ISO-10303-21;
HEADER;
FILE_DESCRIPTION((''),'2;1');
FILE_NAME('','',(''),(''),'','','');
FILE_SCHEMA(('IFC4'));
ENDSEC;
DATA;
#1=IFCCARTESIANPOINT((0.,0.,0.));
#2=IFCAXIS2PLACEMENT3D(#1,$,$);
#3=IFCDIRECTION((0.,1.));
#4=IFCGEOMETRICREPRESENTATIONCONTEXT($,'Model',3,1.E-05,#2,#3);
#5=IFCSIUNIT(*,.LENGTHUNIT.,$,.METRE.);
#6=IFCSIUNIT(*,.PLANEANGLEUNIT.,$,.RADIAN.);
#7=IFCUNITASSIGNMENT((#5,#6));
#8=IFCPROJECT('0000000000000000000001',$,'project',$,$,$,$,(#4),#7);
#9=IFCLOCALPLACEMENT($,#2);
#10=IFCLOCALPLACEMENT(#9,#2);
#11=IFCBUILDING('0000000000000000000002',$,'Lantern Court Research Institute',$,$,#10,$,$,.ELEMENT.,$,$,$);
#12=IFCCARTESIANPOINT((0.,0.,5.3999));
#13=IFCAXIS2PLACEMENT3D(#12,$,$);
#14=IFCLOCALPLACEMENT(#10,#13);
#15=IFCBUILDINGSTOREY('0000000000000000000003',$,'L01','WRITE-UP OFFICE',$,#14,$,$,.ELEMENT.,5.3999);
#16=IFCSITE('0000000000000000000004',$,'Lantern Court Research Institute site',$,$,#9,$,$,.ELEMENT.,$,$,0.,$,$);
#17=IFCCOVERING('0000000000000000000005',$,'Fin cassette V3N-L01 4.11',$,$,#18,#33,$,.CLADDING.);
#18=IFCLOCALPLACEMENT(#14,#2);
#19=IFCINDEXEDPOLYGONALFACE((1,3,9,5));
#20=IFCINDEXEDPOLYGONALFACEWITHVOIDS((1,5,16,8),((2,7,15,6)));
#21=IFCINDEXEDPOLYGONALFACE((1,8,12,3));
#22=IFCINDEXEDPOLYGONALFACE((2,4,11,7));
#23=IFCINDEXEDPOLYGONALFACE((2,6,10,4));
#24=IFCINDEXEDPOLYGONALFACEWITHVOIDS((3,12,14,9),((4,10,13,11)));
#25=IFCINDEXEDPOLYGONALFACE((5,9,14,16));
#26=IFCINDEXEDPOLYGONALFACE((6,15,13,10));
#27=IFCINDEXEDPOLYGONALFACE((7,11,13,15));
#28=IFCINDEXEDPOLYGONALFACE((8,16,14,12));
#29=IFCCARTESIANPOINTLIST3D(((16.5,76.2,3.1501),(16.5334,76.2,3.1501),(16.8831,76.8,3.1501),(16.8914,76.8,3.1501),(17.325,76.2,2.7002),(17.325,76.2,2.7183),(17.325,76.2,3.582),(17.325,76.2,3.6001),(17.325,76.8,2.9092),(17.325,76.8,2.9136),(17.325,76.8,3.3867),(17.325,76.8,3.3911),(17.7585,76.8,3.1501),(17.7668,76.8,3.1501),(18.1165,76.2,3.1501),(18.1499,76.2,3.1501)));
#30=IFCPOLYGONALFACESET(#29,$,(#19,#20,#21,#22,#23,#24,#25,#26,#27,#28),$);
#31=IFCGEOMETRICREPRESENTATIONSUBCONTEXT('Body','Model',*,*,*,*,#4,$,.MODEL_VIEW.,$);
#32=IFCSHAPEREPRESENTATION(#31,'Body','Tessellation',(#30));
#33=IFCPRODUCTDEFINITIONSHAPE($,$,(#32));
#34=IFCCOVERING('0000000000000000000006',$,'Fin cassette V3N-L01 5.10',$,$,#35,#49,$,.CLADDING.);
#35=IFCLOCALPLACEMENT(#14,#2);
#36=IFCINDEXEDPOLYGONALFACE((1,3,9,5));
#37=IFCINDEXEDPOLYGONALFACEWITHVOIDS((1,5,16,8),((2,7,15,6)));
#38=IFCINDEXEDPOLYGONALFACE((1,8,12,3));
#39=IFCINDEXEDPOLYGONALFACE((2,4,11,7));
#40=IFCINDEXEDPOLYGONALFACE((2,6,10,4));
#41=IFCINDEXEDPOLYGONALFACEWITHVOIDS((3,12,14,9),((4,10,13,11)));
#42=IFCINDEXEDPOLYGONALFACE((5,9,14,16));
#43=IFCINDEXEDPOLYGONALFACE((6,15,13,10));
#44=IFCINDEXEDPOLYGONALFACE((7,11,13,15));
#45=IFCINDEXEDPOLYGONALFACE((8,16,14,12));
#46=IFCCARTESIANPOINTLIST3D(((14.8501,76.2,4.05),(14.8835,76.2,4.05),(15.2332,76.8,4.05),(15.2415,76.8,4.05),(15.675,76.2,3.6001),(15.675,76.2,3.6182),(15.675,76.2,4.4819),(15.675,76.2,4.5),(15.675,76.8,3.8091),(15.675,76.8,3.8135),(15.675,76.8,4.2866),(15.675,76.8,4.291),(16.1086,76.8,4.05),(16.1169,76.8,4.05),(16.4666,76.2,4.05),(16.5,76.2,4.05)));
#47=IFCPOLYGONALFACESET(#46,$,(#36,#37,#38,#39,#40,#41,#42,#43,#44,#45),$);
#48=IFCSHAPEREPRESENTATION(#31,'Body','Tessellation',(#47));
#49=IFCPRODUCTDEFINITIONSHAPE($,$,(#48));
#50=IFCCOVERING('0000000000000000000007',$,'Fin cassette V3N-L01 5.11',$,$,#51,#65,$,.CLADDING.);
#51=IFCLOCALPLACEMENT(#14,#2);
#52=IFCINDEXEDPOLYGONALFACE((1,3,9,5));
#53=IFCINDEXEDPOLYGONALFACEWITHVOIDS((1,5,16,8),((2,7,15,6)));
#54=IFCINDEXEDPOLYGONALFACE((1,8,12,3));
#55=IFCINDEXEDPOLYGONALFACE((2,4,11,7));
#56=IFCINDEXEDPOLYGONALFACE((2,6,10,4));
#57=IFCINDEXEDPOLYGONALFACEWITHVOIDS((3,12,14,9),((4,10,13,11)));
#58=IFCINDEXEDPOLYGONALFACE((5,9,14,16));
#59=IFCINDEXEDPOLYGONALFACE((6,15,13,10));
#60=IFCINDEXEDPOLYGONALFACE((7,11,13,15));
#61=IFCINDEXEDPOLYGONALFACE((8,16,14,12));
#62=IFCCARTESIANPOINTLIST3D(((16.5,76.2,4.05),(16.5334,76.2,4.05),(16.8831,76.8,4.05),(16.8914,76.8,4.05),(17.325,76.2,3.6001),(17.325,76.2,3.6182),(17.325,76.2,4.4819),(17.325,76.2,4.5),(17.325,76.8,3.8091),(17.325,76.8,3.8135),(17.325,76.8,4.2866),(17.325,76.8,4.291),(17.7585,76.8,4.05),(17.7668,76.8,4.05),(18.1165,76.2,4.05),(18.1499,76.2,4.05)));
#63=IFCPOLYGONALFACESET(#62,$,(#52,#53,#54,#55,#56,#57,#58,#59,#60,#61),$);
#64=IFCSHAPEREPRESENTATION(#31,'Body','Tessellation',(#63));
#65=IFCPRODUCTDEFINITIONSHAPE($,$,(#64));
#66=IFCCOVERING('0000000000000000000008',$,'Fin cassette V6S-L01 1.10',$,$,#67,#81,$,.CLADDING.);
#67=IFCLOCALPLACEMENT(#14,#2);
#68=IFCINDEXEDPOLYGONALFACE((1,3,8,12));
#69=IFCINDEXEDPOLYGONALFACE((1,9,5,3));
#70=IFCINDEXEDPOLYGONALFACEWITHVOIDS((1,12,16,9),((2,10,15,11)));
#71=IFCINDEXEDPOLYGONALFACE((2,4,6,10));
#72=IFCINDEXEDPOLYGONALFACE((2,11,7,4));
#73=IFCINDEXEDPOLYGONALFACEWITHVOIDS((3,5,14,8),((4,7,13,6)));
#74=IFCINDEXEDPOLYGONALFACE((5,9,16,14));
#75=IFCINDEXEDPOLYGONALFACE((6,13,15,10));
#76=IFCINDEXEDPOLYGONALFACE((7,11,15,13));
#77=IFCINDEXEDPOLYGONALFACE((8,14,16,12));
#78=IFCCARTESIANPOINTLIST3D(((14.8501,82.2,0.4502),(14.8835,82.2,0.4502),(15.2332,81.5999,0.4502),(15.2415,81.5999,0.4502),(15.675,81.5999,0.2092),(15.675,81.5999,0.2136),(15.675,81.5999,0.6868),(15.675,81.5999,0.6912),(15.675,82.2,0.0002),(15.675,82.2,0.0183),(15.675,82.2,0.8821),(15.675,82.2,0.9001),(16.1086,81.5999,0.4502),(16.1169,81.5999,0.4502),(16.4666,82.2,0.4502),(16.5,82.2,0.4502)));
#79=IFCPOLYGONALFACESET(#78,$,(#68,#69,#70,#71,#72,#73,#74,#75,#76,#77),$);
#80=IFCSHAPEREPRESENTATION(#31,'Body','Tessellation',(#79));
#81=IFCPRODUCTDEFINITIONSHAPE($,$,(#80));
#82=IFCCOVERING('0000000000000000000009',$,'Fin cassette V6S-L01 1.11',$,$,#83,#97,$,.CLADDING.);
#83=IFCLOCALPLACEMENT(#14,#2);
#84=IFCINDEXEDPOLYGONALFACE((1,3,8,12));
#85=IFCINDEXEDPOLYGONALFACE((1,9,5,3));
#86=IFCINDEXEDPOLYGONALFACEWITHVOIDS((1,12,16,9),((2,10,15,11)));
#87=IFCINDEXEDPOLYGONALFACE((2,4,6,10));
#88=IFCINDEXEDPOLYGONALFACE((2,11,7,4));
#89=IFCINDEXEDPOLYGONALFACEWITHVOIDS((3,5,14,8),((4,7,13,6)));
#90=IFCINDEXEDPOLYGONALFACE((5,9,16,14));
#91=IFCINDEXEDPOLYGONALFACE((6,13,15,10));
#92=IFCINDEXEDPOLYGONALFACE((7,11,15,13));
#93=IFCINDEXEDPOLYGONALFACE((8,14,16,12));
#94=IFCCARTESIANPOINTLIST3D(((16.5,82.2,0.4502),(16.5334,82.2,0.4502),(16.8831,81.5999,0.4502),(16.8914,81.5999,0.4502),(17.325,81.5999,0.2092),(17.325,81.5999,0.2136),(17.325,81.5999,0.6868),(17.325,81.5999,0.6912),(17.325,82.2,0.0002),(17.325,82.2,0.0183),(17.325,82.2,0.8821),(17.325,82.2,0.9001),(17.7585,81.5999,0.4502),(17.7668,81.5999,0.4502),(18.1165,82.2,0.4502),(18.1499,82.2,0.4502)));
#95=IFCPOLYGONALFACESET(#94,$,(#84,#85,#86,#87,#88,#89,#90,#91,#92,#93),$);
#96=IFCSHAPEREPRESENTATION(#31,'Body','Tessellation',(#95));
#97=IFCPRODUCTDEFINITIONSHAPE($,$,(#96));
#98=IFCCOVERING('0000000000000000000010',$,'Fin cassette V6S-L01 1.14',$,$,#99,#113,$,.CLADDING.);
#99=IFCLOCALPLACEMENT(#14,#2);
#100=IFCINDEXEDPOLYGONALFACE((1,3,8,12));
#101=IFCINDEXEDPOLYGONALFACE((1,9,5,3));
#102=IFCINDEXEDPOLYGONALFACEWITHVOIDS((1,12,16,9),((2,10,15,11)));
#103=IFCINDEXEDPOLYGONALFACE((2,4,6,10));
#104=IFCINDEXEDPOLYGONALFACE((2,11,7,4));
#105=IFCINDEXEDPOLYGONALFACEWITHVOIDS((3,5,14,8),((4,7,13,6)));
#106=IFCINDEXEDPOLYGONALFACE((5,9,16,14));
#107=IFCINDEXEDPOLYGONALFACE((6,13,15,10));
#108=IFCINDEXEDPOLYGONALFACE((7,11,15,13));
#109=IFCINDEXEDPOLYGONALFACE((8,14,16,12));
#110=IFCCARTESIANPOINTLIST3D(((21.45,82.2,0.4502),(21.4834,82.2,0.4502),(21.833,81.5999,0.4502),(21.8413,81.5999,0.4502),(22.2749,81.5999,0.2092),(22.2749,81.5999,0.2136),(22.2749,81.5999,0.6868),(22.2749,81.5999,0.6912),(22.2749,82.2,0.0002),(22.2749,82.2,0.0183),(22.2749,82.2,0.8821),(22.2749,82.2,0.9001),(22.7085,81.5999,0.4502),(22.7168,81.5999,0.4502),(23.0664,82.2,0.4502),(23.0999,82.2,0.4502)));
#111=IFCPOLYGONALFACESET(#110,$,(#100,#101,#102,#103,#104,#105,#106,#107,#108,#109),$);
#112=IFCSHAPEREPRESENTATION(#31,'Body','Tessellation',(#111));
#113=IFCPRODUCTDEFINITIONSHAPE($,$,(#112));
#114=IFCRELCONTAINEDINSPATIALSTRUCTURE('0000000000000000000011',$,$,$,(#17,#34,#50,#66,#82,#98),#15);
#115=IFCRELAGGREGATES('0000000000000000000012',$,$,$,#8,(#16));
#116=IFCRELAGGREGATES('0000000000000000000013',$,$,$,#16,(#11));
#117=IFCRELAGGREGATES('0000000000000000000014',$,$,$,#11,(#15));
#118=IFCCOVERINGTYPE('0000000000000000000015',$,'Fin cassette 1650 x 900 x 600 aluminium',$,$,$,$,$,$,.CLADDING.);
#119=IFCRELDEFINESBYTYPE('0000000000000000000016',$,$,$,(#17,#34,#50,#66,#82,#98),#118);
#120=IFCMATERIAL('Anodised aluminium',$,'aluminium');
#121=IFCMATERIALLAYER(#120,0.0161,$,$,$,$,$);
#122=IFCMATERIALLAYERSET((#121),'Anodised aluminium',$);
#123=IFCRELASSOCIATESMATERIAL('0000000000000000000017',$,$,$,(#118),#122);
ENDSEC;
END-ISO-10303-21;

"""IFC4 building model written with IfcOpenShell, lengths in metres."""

from ifc_helpers import new_model, entity, si_unit, direction, frame, origin, place, context, subcontext, project, spatial, material, layer, layer_set, type_object, element, save


model = new_model("IFC4")

# Units and contexts
model_context = context("Model", 3, precision=1e-05, world=origin(), true_north=direction((0.0, 1.0)))
body_context = subcontext(model_context, "Body", "Model", "MODEL_VIEW")
ifc_project = project(units=[si_unit("LENGTHUNIT", "METRE"), si_unit("PLANEANGLEUNIT", "RADIAN")], contexts=[model_context])

# Site, building, storey
site_placement = place(None, origin())
site = spatial("IfcSite", under=ifc_project, at=site_placement, Name="Lantern Court Research Institute site", CompositionType="ELEMENT", RefElevation=0.0)
building_placement = place(site_placement, origin())
building = spatial("IfcBuilding", under=site, at=building_placement, Name="Lantern Court Research Institute", CompositionType="ELEMENT")
storey_placement = place(building_placement, frame((0.0, 0.0, 5.3999)))
storey = spatial("IfcBuildingStorey", under=building, at=storey_placement, Name="L01", Description="WRITE-UP OFFICE", CompositionType="ELEMENT", Elevation=5.3999)

# Coverings
ifc_material_1 = material(Name="Anodised aluminium", Category="aluminium")
ifc_layer_1 = layer(ifc_material_1, 0.0161)
ifc_layer_set_1 = layer_set([ifc_layer_1], Name="Anodised aluminium")
covering_type = type_object("IfcCoveringType", Name="Fin cassette 1650 x 900 x 600 aluminium", PredefinedType="CLADDING", material=ifc_layer_set_1)
covering_1_placement = place(storey_placement, frame((17.325, 76.2, 3.1501), z_axis=(0.0, 1.0, 0.0), x_axis=(-1.0, 0.0, 0.0)))
cartesian_point_1 = entity("IfcCartesianPoint", [0.825, 0.0])
cartesian_point_2 = entity("IfcCartesianPoint", [0.7915, 0.0])
cartesian_point_3 = entity("IfcCartesianPoint", [0.4419, 0.0])
cartesian_point_4 = entity("IfcCartesianPoint", [0.4336, 0.0])
element("IfcCovering", 1, at=covering_1_placement, inside=storey, type_object=covering_type, Name="Fin cassette V3N-L01 4.11", PredefinedType="CLADDING", context=body_context, shape_type="SweptSolid", body=[
    entity("IfcExtrudedAreaSolidTapered", entity("IfcArbitraryProfileDefWithVoids", "AREA", None, entity("IfcPolyline", [cartesian_point_1, entity("IfcCartesianPoint", [0.0, 0.45]), entity("IfcCartesianPoint", [-0.825, 0.0]), entity("IfcCartesianPoint", [0.0, -0.45]), cartesian_point_1]), [entity("IfcPolyline", [cartesian_point_2, entity("IfcCartesianPoint", [0.0, 0.4319]), entity("IfcCartesianPoint", [-0.7915, 0.0]), entity("IfcCartesianPoint", [0.0, -0.4319]), cartesian_point_2])]), entity("IfcAxis2Placement3D", entity("IfcCartesianPoint", [0.0, 0.0, 0.0])), entity("IfcDirection", [0.0, 0.0, 1.0]), 0.6001, entity("IfcArbitraryProfileDefWithVoids", "AREA", None, entity("IfcPolyline", [cartesian_point_3, entity("IfcCartesianPoint", [0.0, 0.241]), entity("IfcCartesianPoint", [-0.4419, 0.0]), entity("IfcCartesianPoint", [0.0, -0.241]), cartesian_point_3]), [entity("IfcPolyline", [cartesian_point_4, entity("IfcCartesianPoint", [0.0, 0.2366]), entity("IfcCartesianPoint", [-0.4336, 0.0]), entity("IfcCartesianPoint", [0.0, -0.2366]), cartesian_point_4])])),
])
covering_2_placement = place(storey_placement, frame((15.675, 76.2, 4.05), z_axis=(0.0, 1.0, 0.0), x_axis=(-1.0, 0.0, 0.0)))
cartesian_point_5 = entity("IfcCartesianPoint", [0.825, 0.0])
cartesian_point_6 = entity("IfcCartesianPoint", [0.7915, 0.0])
cartesian_point_7 = entity("IfcCartesianPoint", [0.4419, 0.0])
cartesian_point_8 = entity("IfcCartesianPoint", [0.4336, 0.0])
element("IfcCovering", 2, at=covering_2_placement, inside=storey, type_object=covering_type, Name="Fin cassette V3N-L01 5.10", PredefinedType="CLADDING", context=body_context, shape_type="SweptSolid", body=[
    entity("IfcExtrudedAreaSolidTapered", entity("IfcArbitraryProfileDefWithVoids", "AREA", None, entity("IfcPolyline", [cartesian_point_5, entity("IfcCartesianPoint", [0.0, 0.45]), entity("IfcCartesianPoint", [-0.825, 0.0]), entity("IfcCartesianPoint", [0.0, -0.45]), cartesian_point_5]), [entity("IfcPolyline", [cartesian_point_6, entity("IfcCartesianPoint", [0.0, 0.4319]), entity("IfcCartesianPoint", [-0.7915, 0.0]), entity("IfcCartesianPoint", [0.0, -0.4319]), cartesian_point_6])]), entity("IfcAxis2Placement3D", entity("IfcCartesianPoint", [0.0, 0.0, 0.0])), entity("IfcDirection", [0.0, 0.0, 1.0]), 0.6001, entity("IfcArbitraryProfileDefWithVoids", "AREA", None, entity("IfcPolyline", [cartesian_point_7, entity("IfcCartesianPoint", [0.0, 0.241]), entity("IfcCartesianPoint", [-0.4419, 0.0]), entity("IfcCartesianPoint", [0.0, -0.241]), cartesian_point_7]), [entity("IfcPolyline", [cartesian_point_8, entity("IfcCartesianPoint", [0.0, 0.2366]), entity("IfcCartesianPoint", [-0.4336, 0.0]), entity("IfcCartesianPoint", [0.0, -0.2366]), cartesian_point_8])])),
])
covering_3_placement = place(storey_placement, frame((17.325, 76.2, 4.05), z_axis=(0.0, 1.0, 0.0), x_axis=(-1.0, 0.0, 0.0)))
cartesian_point_9 = entity("IfcCartesianPoint", [0.825, 0.0])
cartesian_point_10 = entity("IfcCartesianPoint", [0.7915, 0.0])
cartesian_point_11 = entity("IfcCartesianPoint", [0.4419, 0.0])
cartesian_point_12 = entity("IfcCartesianPoint", [0.4336, 0.0])
element("IfcCovering", 3, at=covering_3_placement, inside=storey, type_object=covering_type, Name="Fin cassette V3N-L01 5.11", PredefinedType="CLADDING", context=body_context, shape_type="SweptSolid", body=[
    entity("IfcExtrudedAreaSolidTapered", entity("IfcArbitraryProfileDefWithVoids", "AREA", None, entity("IfcPolyline", [cartesian_point_9, entity("IfcCartesianPoint", [0.0, 0.45]), entity("IfcCartesianPoint", [-0.825, 0.0]), entity("IfcCartesianPoint", [0.0, -0.45]), cartesian_point_9]), [entity("IfcPolyline", [cartesian_point_10, entity("IfcCartesianPoint", [0.0, 0.4319]), entity("IfcCartesianPoint", [-0.7915, 0.0]), entity("IfcCartesianPoint", [0.0, -0.4319]), cartesian_point_10])]), entity("IfcAxis2Placement3D", entity("IfcCartesianPoint", [0.0, 0.0, 0.0])), entity("IfcDirection", [0.0, 0.0, 1.0]), 0.6001, entity("IfcArbitraryProfileDefWithVoids", "AREA", None, entity("IfcPolyline", [cartesian_point_11, entity("IfcCartesianPoint", [0.0, 0.241]), entity("IfcCartesianPoint", [-0.4419, 0.0]), entity("IfcCartesianPoint", [0.0, -0.241]), cartesian_point_11]), [entity("IfcPolyline", [cartesian_point_12, entity("IfcCartesianPoint", [0.0, 0.2366]), entity("IfcCartesianPoint", [-0.4336, 0.0]), entity("IfcCartesianPoint", [0.0, -0.2366]), cartesian_point_12])])),
])
covering_4_placement = place(storey_placement, frame((15.675, 82.2, 0.4502), z_axis=(0.0, -1.0, 0.0), x_axis=(1.0, 0.0, 0.0)))
cartesian_point_13 = entity("IfcCartesianPoint", [0.825, 0.0])
cartesian_point_14 = entity("IfcCartesianPoint", [0.7915, 0.0])
cartesian_point_15 = entity("IfcCartesianPoint", [0.4419, 0.0])
cartesian_point_16 = entity("IfcCartesianPoint", [0.4336, 0.0])
element("IfcCovering", 4, at=covering_4_placement, inside=storey, type_object=covering_type, Name="Fin cassette V6S-L01 1.10", PredefinedType="CLADDING", context=body_context, shape_type="SweptSolid", body=[
    entity("IfcExtrudedAreaSolidTapered", entity("IfcArbitraryProfileDefWithVoids", "AREA", None, entity("IfcPolyline", [cartesian_point_13, entity("IfcCartesianPoint", [0.0, 0.45]), entity("IfcCartesianPoint", [-0.825, 0.0]), entity("IfcCartesianPoint", [0.0, -0.45]), cartesian_point_13]), [entity("IfcPolyline", [cartesian_point_14, entity("IfcCartesianPoint", [0.0, 0.4319]), entity("IfcCartesianPoint", [-0.7915, 0.0]), entity("IfcCartesianPoint", [0.0, -0.4319]), cartesian_point_14])]), entity("IfcAxis2Placement3D", entity("IfcCartesianPoint", [0.0, 0.0, 0.0])), entity("IfcDirection", [0.0, 0.0, 1.0]), 0.6001, entity("IfcArbitraryProfileDefWithVoids", "AREA", None, entity("IfcPolyline", [cartesian_point_15, entity("IfcCartesianPoint", [0.0, 0.241]), entity("IfcCartesianPoint", [-0.4419, 0.0]), entity("IfcCartesianPoint", [0.0, -0.241]), cartesian_point_15]), [entity("IfcPolyline", [cartesian_point_16, entity("IfcCartesianPoint", [0.0, 0.2366]), entity("IfcCartesianPoint", [-0.4336, 0.0]), entity("IfcCartesianPoint", [0.0, -0.2366]), cartesian_point_16])])),
])
covering_5_placement = place(storey_placement, frame((17.325, 82.2, 0.4502), z_axis=(0.0, -1.0, 0.0), x_axis=(1.0, 0.0, 0.0)))
cartesian_point_17 = entity("IfcCartesianPoint", [0.825, 0.0])
cartesian_point_18 = entity("IfcCartesianPoint", [0.7915, 0.0])
cartesian_point_19 = entity("IfcCartesianPoint", [0.4419, 0.0])
cartesian_point_20 = entity("IfcCartesianPoint", [0.4336, 0.0])
element("IfcCovering", 5, at=covering_5_placement, inside=storey, type_object=covering_type, Name="Fin cassette V6S-L01 1.11", PredefinedType="CLADDING", context=body_context, shape_type="SweptSolid", body=[
    entity("IfcExtrudedAreaSolidTapered", entity("IfcArbitraryProfileDefWithVoids", "AREA", None, entity("IfcPolyline", [cartesian_point_17, entity("IfcCartesianPoint", [0.0, 0.45]), entity("IfcCartesianPoint", [-0.825, 0.0]), entity("IfcCartesianPoint", [0.0, -0.45]), cartesian_point_17]), [entity("IfcPolyline", [cartesian_point_18, entity("IfcCartesianPoint", [0.0, 0.4319]), entity("IfcCartesianPoint", [-0.7915, 0.0]), entity("IfcCartesianPoint", [0.0, -0.4319]), cartesian_point_18])]), entity("IfcAxis2Placement3D", entity("IfcCartesianPoint", [0.0, 0.0, 0.0])), entity("IfcDirection", [0.0, 0.0, 1.0]), 0.6001, entity("IfcArbitraryProfileDefWithVoids", "AREA", None, entity("IfcPolyline", [cartesian_point_19, entity("IfcCartesianPoint", [0.0, 0.241]), entity("IfcCartesianPoint", [-0.4419, 0.0]), entity("IfcCartesianPoint", [0.0, -0.241]), cartesian_point_19]), [entity("IfcPolyline", [cartesian_point_20, entity("IfcCartesianPoint", [0.0, 0.2366]), entity("IfcCartesianPoint", [-0.4336, 0.0]), entity("IfcCartesianPoint", [0.0, -0.2366]), cartesian_point_20])])),
])
covering_6_placement = place(storey_placement, frame((22.2749, 82.2, 0.4502), z_axis=(0.0, -1.0, 0.0), x_axis=(1.0, 0.0, 0.0)))
cartesian_point_21 = entity("IfcCartesianPoint", [0.825, 0.0])
cartesian_point_22 = entity("IfcCartesianPoint", [0.7915, 0.0])
cartesian_point_23 = entity("IfcCartesianPoint", [0.4419, 0.0])
cartesian_point_24 = entity("IfcCartesianPoint", [0.4336, 0.0])
element("IfcCovering", 6, at=covering_6_placement, inside=storey, type_object=covering_type, Name="Fin cassette V6S-L01 1.14", PredefinedType="CLADDING", context=body_context, shape_type="SweptSolid", body=[
    entity("IfcExtrudedAreaSolidTapered", entity("IfcArbitraryProfileDefWithVoids", "AREA", None, entity("IfcPolyline", [cartesian_point_21, entity("IfcCartesianPoint", [0.0, 0.45]), entity("IfcCartesianPoint", [-0.825, 0.0]), entity("IfcCartesianPoint", [0.0, -0.45]), cartesian_point_21]), [entity("IfcPolyline", [cartesian_point_22, entity("IfcCartesianPoint", [0.0, 0.4319]), entity("IfcCartesianPoint", [-0.7915, 0.0]), entity("IfcCartesianPoint", [0.0, -0.4319]), cartesian_point_22])]), entity("IfcAxis2Placement3D", entity("IfcCartesianPoint", [0.0, 0.0, 0.0])), entity("IfcDirection", [0.0, 0.0, 1.0]), 0.6001, entity("IfcArbitraryProfileDefWithVoids", "AREA", None, entity("IfcPolyline", [cartesian_point_23, entity("IfcCartesianPoint", [0.0, 0.241]), entity("IfcCartesianPoint", [-0.4419, 0.0]), entity("IfcCartesianPoint", [0.0, -0.241]), cartesian_point_23]), [entity("IfcPolyline", [cartesian_point_24, entity("IfcCartesianPoint", [0.0, 0.2366]), entity("IfcCartesianPoint", [-0.4336, 0.0]), entity("IfcCartesianPoint", [0.0, -0.2366]), cartesian_point_24])])),
])

save(model, "model.ifc")
